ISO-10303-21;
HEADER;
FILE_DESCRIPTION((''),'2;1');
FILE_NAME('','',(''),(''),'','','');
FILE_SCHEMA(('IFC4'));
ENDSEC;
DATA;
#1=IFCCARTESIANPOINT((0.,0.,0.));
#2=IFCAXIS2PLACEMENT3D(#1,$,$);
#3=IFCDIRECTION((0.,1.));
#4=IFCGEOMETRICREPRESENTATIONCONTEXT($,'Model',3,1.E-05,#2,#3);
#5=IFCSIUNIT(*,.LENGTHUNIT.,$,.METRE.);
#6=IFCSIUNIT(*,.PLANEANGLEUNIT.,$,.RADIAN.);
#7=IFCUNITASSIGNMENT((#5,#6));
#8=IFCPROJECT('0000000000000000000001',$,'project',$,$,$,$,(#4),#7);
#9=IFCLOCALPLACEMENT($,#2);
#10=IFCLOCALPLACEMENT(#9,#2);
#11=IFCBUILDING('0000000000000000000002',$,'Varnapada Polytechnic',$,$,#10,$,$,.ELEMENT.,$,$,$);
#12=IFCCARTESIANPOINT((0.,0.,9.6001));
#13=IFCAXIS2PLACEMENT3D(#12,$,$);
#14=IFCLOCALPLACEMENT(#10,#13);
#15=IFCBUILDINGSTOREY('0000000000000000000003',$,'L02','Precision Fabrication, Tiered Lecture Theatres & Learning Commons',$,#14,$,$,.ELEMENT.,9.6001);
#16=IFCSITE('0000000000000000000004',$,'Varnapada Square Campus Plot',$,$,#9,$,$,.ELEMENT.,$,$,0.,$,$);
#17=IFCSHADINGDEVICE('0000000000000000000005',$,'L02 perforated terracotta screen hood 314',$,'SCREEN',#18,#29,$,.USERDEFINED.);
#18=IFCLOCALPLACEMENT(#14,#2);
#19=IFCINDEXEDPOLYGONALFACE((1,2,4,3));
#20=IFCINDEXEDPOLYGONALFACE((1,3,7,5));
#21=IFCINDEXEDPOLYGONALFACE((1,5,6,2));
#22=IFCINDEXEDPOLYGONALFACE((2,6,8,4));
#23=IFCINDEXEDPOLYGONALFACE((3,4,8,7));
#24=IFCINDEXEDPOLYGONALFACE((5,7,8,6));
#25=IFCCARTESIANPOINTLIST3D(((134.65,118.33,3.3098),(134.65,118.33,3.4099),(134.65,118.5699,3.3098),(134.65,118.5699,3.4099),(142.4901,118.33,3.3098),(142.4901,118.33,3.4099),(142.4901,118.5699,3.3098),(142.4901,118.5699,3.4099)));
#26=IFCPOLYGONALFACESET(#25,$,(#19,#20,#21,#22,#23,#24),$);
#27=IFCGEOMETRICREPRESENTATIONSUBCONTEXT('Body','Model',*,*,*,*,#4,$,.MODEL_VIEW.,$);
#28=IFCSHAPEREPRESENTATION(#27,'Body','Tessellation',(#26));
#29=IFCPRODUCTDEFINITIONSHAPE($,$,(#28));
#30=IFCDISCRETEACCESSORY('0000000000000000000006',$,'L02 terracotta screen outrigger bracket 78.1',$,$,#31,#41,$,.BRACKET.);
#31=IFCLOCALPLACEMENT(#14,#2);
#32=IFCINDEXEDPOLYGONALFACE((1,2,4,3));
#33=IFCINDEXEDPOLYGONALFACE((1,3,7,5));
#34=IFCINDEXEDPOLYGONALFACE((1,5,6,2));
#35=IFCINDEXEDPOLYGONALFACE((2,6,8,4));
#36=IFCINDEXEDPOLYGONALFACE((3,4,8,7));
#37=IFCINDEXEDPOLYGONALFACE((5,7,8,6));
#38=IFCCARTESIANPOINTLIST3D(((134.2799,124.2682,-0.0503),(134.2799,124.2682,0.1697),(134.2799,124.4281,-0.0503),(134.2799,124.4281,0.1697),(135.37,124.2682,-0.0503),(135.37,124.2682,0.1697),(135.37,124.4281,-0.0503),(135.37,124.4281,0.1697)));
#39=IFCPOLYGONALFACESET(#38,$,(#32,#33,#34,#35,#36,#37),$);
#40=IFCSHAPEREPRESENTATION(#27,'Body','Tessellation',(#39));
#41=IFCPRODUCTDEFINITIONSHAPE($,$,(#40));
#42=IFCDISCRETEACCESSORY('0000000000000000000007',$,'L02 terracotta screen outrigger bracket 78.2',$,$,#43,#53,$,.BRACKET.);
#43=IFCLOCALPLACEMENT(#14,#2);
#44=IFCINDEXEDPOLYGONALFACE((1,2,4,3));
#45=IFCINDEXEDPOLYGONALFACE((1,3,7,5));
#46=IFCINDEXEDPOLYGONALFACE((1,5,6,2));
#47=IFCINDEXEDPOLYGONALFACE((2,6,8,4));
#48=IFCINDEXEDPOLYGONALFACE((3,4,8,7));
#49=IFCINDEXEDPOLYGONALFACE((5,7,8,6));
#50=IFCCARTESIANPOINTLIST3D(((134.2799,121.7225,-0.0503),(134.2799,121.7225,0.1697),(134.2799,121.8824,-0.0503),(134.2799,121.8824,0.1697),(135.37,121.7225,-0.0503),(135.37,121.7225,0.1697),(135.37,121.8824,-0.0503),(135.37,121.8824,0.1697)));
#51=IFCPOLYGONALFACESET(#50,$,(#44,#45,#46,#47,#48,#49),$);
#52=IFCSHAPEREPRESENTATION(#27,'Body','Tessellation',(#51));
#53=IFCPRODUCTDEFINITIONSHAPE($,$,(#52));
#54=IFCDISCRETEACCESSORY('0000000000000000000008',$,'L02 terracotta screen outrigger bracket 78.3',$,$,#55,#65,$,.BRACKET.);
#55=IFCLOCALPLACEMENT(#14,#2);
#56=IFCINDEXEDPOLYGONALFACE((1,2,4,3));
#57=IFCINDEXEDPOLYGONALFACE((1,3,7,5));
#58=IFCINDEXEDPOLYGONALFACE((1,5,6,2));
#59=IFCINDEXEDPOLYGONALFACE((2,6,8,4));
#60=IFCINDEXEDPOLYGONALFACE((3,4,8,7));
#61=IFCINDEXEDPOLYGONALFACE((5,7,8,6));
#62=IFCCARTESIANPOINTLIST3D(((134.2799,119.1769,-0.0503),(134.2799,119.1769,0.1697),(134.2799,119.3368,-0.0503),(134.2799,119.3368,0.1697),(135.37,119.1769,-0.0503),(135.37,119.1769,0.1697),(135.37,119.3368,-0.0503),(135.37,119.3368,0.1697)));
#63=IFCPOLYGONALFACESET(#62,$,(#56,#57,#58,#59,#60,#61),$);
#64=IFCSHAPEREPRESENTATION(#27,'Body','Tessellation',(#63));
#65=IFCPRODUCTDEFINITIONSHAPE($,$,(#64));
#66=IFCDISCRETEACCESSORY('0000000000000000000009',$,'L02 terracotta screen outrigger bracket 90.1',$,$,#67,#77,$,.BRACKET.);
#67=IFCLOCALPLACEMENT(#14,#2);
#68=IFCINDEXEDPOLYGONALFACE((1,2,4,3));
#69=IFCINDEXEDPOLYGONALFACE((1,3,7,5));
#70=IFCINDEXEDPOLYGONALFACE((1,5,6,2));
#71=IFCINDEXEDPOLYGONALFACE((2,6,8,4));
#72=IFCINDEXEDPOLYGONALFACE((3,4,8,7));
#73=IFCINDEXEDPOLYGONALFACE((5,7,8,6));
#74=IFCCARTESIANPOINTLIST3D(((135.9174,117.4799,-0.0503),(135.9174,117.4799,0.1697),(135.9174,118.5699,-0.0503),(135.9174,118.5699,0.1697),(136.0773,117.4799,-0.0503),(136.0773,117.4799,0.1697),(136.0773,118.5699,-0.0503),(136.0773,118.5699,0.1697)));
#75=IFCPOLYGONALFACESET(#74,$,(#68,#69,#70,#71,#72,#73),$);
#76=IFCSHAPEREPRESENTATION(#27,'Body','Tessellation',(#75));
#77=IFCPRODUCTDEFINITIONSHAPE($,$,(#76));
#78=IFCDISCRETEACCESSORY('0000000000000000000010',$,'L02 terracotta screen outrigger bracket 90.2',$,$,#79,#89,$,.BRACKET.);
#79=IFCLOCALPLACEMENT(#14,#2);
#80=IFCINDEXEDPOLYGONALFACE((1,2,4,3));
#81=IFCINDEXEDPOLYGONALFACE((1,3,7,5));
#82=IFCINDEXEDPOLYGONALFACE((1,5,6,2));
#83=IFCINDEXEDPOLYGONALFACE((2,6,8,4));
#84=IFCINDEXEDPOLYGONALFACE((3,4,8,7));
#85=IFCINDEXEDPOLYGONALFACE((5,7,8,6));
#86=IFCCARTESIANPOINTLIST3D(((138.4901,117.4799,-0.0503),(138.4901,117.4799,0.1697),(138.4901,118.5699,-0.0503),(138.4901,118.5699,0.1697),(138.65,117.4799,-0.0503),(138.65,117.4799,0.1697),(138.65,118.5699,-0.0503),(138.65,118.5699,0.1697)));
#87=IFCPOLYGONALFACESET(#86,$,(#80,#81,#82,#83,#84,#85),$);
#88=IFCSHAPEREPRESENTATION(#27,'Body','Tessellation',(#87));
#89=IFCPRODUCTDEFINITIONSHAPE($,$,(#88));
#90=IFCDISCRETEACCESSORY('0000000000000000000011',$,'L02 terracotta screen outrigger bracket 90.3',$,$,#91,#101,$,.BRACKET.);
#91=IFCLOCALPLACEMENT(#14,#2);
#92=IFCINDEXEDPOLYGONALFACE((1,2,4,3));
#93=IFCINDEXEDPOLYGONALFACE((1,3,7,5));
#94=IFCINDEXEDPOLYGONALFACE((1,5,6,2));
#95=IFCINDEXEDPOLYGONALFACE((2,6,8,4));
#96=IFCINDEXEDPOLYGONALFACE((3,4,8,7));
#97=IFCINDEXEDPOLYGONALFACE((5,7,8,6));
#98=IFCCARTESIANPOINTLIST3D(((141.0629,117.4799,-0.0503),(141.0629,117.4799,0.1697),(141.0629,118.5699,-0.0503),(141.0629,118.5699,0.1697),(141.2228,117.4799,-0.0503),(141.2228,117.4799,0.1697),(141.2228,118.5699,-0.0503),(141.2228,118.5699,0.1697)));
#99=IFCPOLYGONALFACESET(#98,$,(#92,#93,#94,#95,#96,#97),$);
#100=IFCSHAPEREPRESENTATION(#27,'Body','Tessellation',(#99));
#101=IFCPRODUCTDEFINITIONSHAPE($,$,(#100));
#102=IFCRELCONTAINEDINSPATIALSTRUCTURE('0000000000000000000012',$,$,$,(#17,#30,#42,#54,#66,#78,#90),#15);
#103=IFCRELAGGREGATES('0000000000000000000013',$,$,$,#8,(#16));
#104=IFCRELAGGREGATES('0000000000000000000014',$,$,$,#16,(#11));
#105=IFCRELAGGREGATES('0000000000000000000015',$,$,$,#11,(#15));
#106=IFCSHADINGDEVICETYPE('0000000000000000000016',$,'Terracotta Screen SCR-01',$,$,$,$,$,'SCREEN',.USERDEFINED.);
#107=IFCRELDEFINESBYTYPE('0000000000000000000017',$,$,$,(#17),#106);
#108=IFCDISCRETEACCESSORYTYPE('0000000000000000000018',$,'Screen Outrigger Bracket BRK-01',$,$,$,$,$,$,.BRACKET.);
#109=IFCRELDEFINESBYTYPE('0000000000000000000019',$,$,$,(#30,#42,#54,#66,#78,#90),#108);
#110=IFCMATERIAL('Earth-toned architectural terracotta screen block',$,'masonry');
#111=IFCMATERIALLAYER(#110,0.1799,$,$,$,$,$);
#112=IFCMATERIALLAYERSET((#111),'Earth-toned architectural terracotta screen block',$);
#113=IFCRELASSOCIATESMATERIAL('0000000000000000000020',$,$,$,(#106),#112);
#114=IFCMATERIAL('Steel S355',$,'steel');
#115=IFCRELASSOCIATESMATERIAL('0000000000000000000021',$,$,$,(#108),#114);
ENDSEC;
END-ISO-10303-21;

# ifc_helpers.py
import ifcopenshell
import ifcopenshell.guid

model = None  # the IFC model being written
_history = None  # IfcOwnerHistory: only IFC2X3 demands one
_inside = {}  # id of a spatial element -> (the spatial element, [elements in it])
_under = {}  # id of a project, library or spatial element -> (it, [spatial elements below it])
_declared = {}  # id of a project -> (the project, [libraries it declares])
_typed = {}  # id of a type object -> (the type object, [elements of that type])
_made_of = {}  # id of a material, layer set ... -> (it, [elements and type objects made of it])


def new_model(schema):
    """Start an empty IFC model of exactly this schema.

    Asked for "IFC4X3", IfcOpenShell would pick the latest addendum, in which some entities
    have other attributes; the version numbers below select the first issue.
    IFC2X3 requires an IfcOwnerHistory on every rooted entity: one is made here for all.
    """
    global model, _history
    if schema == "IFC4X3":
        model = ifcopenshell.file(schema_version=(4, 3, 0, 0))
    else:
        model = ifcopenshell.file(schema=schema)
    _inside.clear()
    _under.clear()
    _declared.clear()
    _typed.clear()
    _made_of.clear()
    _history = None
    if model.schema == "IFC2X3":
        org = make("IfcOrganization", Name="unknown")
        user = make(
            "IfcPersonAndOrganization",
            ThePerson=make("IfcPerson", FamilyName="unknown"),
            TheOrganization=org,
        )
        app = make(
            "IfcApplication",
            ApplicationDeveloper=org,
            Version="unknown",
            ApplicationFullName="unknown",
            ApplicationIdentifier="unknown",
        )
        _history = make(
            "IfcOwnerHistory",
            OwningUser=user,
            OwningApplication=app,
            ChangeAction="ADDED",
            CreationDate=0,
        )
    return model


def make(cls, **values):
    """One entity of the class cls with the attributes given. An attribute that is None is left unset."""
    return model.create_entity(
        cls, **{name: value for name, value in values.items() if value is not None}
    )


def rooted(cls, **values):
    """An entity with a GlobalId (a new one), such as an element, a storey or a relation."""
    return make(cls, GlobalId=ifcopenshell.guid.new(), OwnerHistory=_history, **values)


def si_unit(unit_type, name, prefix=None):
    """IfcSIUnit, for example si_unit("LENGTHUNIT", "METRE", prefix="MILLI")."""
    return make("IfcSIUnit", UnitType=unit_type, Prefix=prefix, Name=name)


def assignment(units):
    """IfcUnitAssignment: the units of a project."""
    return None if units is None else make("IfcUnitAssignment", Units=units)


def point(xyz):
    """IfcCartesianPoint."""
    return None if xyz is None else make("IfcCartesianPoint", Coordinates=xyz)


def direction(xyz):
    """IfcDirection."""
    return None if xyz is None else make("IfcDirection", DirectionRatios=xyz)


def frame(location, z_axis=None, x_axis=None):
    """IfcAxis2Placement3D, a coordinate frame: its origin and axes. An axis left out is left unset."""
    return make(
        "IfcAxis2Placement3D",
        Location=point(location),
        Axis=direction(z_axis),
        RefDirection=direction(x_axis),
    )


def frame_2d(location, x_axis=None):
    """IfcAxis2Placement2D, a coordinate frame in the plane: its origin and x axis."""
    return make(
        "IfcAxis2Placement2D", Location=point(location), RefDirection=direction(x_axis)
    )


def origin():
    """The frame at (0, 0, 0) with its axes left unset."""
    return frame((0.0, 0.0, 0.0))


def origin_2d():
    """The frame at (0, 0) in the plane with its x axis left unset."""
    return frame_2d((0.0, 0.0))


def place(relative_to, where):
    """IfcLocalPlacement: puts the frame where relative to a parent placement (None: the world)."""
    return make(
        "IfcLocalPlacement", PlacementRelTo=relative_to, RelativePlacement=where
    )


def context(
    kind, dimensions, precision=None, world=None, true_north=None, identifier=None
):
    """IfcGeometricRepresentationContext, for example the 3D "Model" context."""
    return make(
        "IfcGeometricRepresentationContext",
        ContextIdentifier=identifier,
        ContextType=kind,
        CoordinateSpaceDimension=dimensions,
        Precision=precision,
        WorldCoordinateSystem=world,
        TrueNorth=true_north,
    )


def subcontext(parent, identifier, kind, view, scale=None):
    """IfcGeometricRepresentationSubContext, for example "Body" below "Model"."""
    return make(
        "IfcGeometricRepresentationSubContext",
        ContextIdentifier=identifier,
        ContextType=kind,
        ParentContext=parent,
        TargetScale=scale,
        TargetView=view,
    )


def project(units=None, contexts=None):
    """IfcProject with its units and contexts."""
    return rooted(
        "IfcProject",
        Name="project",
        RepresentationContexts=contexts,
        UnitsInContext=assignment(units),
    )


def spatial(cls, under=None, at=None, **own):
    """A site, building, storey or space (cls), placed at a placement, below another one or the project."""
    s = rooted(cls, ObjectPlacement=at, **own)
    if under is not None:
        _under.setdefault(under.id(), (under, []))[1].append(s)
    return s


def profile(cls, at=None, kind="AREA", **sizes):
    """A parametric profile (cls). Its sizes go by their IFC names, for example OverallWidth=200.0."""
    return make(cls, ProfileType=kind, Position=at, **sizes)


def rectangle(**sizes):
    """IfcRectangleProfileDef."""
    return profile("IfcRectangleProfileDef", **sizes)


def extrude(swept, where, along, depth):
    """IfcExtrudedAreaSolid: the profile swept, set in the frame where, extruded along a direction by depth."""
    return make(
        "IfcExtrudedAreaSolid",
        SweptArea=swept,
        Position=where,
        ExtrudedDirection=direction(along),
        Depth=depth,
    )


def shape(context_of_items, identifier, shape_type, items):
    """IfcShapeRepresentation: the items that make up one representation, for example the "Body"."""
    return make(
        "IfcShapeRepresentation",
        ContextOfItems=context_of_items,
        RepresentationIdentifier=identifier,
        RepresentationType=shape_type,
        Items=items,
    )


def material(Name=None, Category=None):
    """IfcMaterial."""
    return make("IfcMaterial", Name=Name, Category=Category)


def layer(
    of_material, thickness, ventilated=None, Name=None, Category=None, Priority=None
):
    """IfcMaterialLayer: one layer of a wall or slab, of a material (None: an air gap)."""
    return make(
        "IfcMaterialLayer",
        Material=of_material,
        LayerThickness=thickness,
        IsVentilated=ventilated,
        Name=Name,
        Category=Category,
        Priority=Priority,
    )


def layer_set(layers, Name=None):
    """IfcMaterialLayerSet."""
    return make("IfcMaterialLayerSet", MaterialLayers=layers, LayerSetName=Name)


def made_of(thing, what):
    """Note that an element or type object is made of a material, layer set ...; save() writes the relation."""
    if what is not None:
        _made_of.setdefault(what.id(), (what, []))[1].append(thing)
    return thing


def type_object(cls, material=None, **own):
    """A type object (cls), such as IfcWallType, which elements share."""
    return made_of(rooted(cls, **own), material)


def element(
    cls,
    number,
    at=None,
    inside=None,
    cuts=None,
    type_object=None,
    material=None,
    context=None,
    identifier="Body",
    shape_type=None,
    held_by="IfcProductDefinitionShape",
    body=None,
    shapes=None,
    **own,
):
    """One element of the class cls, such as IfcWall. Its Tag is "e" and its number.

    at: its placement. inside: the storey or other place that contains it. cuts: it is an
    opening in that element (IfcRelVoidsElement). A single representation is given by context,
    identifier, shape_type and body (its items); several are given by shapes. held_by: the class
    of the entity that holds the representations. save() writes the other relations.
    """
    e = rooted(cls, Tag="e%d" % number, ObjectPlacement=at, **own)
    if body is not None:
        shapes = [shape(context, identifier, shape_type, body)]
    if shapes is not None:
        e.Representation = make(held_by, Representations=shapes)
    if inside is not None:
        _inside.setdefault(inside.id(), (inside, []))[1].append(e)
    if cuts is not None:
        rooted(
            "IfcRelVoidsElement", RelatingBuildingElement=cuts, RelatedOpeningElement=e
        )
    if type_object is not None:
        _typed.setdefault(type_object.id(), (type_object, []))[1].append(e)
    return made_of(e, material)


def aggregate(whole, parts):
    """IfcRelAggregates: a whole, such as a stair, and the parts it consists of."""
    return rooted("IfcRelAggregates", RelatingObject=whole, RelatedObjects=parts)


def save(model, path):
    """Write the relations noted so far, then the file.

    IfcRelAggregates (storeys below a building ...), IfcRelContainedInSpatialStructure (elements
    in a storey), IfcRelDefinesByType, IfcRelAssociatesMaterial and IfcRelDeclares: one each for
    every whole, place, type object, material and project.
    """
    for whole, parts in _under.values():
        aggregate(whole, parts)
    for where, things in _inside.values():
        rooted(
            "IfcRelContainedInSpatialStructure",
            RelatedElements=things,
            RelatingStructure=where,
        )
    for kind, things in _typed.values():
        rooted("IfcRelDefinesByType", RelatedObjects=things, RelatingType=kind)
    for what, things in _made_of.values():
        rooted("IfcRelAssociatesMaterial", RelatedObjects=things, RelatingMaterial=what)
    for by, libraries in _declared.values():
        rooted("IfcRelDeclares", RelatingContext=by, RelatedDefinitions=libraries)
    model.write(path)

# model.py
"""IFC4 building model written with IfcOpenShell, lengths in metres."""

from ifc_helpers import new_model, si_unit, direction, frame, origin, origin_2d, place, context, subcontext, project, spatial, rectangle, extrude, material, layer, layer_set, type_object, element, save


model = new_model("IFC4")

# Units and contexts
model_context = context("Model", 3, precision=1e-05, world=origin(), true_north=direction((0.0, 1.0)))
body_context = subcontext(model_context, "Body", "Model", "MODEL_VIEW")
ifc_project = project(units=[si_unit("LENGTHUNIT", "METRE"), si_unit("PLANEANGLEUNIT", "RADIAN")], contexts=[model_context])

# Site, building, storey
site_placement = place(None, origin())
site = spatial("IfcSite", under=ifc_project, at=site_placement, Name="Varnapada Square Campus Plot", CompositionType="ELEMENT", RefElevation=0.0)
building_placement = place(site_placement, origin())
building = spatial("IfcBuilding", under=site, at=building_placement, Name="Varnapada Polytechnic", CompositionType="ELEMENT")
storey_placement = place(building_placement, frame((0.0, 0.0, 9.6001)))
storey = spatial("IfcBuildingStorey", under=building, at=storey_placement, Name="L02", Description="Precision Fabrication, Tiered Lecture Theatres & Learning Commons", CompositionType="ELEMENT", Elevation=9.6001)

# Shared definitions
ifc_material_1 = material(Name="Earth-toned architectural terracotta screen block", Category="masonry")

# Shading device
ifc_layer_1 = layer(ifc_material_1, 0.1799)
ifc_layer_set_1 = layer_set([ifc_layer_1], Name="Earth-toned architectural terracotta screen block")
shading_device_type = type_object("IfcShadingDeviceType", Name="Terracotta Screen SCR-01", ElementType="SCREEN", PredefinedType="USERDEFINED", material=ifc_layer_set_1)
shading_device_1_placement = place(storey_placement, frame((138.5701, 118.45, 3.3098), z_axis=(0.0, 0.0, 1.0), x_axis=(1.0, 0.0, 0.0)))
element("IfcShadingDevice", 1, at=shading_device_1_placement, inside=storey, type_object=shading_device_type, Name="L02 perforated terracotta screen hood 314", ObjectType="SCREEN", PredefinedType="USERDEFINED", context=body_context, shape_type="SweptSolid", body=[
    extrude(rectangle(XDim=7.8401, YDim=0.24, at=origin_2d()), origin(), (0.0, 0.0, 1.0), 0.1001),
])

# Discrete accessories
ifc_material_2 = material(Name="Steel S355", Category="steel")
discrete_accessory_type = type_object("IfcDiscreteAccessoryType", Name="Screen Outrigger Bracket BRK-01", PredefinedType="BRACKET", material=ifc_material_2)
for number, where, z_axis, x_axis, name in (
    (2, (134.825, 124.3481, -0.0503), (0.0, 0.0, 1.0), (0.0, -1.0, 0.0), "L02 terracotta screen outrigger bracket 78.1"),
    (3, (134.825, 121.8025, -0.0503), (0.0, 0.0, 1.0), (0.0, -1.0, 0.0), "L02 terracotta screen outrigger bracket 78.2"),
    (4, (134.825, 119.2568, -0.0503), (0.0, 0.0, 1.0), (0.0, -1.0, 0.0), "L02 terracotta screen outrigger bracket 78.3"),
    (5, (135.9973, 118.0249, -0.0503), (0.0, 0.0, 1.0), (1.0, 0.0, 0.0), "L02 terracotta screen outrigger bracket 90.1"),
    (6, (138.5701, 118.0249, -0.0503), (0.0, 0.0, 1.0), (1.0, 0.0, 0.0), "L02 terracotta screen outrigger bracket 90.2"),
    (7, (141.1428, 118.0249, -0.0503), (0.0, 0.0, 1.0), (1.0, 0.0, 0.0), "L02 terracotta screen outrigger bracket 90.3"),
):
    element("IfcDiscreteAccessory", number, at=place(storey_placement, frame(where, z_axis=z_axis, x_axis=x_axis)), inside=storey, type_object=discrete_accessory_type, Name=name, PredefinedType="BRACKET", context=body_context, shape_type="SweptSolid", body=[
        extrude(rectangle(XDim=0.1599, YDim=1.0901, at=origin_2d()), origin(), (0.0, 0.0, 1.0), 0.22),
    ])

save(model, "model.ifc")
